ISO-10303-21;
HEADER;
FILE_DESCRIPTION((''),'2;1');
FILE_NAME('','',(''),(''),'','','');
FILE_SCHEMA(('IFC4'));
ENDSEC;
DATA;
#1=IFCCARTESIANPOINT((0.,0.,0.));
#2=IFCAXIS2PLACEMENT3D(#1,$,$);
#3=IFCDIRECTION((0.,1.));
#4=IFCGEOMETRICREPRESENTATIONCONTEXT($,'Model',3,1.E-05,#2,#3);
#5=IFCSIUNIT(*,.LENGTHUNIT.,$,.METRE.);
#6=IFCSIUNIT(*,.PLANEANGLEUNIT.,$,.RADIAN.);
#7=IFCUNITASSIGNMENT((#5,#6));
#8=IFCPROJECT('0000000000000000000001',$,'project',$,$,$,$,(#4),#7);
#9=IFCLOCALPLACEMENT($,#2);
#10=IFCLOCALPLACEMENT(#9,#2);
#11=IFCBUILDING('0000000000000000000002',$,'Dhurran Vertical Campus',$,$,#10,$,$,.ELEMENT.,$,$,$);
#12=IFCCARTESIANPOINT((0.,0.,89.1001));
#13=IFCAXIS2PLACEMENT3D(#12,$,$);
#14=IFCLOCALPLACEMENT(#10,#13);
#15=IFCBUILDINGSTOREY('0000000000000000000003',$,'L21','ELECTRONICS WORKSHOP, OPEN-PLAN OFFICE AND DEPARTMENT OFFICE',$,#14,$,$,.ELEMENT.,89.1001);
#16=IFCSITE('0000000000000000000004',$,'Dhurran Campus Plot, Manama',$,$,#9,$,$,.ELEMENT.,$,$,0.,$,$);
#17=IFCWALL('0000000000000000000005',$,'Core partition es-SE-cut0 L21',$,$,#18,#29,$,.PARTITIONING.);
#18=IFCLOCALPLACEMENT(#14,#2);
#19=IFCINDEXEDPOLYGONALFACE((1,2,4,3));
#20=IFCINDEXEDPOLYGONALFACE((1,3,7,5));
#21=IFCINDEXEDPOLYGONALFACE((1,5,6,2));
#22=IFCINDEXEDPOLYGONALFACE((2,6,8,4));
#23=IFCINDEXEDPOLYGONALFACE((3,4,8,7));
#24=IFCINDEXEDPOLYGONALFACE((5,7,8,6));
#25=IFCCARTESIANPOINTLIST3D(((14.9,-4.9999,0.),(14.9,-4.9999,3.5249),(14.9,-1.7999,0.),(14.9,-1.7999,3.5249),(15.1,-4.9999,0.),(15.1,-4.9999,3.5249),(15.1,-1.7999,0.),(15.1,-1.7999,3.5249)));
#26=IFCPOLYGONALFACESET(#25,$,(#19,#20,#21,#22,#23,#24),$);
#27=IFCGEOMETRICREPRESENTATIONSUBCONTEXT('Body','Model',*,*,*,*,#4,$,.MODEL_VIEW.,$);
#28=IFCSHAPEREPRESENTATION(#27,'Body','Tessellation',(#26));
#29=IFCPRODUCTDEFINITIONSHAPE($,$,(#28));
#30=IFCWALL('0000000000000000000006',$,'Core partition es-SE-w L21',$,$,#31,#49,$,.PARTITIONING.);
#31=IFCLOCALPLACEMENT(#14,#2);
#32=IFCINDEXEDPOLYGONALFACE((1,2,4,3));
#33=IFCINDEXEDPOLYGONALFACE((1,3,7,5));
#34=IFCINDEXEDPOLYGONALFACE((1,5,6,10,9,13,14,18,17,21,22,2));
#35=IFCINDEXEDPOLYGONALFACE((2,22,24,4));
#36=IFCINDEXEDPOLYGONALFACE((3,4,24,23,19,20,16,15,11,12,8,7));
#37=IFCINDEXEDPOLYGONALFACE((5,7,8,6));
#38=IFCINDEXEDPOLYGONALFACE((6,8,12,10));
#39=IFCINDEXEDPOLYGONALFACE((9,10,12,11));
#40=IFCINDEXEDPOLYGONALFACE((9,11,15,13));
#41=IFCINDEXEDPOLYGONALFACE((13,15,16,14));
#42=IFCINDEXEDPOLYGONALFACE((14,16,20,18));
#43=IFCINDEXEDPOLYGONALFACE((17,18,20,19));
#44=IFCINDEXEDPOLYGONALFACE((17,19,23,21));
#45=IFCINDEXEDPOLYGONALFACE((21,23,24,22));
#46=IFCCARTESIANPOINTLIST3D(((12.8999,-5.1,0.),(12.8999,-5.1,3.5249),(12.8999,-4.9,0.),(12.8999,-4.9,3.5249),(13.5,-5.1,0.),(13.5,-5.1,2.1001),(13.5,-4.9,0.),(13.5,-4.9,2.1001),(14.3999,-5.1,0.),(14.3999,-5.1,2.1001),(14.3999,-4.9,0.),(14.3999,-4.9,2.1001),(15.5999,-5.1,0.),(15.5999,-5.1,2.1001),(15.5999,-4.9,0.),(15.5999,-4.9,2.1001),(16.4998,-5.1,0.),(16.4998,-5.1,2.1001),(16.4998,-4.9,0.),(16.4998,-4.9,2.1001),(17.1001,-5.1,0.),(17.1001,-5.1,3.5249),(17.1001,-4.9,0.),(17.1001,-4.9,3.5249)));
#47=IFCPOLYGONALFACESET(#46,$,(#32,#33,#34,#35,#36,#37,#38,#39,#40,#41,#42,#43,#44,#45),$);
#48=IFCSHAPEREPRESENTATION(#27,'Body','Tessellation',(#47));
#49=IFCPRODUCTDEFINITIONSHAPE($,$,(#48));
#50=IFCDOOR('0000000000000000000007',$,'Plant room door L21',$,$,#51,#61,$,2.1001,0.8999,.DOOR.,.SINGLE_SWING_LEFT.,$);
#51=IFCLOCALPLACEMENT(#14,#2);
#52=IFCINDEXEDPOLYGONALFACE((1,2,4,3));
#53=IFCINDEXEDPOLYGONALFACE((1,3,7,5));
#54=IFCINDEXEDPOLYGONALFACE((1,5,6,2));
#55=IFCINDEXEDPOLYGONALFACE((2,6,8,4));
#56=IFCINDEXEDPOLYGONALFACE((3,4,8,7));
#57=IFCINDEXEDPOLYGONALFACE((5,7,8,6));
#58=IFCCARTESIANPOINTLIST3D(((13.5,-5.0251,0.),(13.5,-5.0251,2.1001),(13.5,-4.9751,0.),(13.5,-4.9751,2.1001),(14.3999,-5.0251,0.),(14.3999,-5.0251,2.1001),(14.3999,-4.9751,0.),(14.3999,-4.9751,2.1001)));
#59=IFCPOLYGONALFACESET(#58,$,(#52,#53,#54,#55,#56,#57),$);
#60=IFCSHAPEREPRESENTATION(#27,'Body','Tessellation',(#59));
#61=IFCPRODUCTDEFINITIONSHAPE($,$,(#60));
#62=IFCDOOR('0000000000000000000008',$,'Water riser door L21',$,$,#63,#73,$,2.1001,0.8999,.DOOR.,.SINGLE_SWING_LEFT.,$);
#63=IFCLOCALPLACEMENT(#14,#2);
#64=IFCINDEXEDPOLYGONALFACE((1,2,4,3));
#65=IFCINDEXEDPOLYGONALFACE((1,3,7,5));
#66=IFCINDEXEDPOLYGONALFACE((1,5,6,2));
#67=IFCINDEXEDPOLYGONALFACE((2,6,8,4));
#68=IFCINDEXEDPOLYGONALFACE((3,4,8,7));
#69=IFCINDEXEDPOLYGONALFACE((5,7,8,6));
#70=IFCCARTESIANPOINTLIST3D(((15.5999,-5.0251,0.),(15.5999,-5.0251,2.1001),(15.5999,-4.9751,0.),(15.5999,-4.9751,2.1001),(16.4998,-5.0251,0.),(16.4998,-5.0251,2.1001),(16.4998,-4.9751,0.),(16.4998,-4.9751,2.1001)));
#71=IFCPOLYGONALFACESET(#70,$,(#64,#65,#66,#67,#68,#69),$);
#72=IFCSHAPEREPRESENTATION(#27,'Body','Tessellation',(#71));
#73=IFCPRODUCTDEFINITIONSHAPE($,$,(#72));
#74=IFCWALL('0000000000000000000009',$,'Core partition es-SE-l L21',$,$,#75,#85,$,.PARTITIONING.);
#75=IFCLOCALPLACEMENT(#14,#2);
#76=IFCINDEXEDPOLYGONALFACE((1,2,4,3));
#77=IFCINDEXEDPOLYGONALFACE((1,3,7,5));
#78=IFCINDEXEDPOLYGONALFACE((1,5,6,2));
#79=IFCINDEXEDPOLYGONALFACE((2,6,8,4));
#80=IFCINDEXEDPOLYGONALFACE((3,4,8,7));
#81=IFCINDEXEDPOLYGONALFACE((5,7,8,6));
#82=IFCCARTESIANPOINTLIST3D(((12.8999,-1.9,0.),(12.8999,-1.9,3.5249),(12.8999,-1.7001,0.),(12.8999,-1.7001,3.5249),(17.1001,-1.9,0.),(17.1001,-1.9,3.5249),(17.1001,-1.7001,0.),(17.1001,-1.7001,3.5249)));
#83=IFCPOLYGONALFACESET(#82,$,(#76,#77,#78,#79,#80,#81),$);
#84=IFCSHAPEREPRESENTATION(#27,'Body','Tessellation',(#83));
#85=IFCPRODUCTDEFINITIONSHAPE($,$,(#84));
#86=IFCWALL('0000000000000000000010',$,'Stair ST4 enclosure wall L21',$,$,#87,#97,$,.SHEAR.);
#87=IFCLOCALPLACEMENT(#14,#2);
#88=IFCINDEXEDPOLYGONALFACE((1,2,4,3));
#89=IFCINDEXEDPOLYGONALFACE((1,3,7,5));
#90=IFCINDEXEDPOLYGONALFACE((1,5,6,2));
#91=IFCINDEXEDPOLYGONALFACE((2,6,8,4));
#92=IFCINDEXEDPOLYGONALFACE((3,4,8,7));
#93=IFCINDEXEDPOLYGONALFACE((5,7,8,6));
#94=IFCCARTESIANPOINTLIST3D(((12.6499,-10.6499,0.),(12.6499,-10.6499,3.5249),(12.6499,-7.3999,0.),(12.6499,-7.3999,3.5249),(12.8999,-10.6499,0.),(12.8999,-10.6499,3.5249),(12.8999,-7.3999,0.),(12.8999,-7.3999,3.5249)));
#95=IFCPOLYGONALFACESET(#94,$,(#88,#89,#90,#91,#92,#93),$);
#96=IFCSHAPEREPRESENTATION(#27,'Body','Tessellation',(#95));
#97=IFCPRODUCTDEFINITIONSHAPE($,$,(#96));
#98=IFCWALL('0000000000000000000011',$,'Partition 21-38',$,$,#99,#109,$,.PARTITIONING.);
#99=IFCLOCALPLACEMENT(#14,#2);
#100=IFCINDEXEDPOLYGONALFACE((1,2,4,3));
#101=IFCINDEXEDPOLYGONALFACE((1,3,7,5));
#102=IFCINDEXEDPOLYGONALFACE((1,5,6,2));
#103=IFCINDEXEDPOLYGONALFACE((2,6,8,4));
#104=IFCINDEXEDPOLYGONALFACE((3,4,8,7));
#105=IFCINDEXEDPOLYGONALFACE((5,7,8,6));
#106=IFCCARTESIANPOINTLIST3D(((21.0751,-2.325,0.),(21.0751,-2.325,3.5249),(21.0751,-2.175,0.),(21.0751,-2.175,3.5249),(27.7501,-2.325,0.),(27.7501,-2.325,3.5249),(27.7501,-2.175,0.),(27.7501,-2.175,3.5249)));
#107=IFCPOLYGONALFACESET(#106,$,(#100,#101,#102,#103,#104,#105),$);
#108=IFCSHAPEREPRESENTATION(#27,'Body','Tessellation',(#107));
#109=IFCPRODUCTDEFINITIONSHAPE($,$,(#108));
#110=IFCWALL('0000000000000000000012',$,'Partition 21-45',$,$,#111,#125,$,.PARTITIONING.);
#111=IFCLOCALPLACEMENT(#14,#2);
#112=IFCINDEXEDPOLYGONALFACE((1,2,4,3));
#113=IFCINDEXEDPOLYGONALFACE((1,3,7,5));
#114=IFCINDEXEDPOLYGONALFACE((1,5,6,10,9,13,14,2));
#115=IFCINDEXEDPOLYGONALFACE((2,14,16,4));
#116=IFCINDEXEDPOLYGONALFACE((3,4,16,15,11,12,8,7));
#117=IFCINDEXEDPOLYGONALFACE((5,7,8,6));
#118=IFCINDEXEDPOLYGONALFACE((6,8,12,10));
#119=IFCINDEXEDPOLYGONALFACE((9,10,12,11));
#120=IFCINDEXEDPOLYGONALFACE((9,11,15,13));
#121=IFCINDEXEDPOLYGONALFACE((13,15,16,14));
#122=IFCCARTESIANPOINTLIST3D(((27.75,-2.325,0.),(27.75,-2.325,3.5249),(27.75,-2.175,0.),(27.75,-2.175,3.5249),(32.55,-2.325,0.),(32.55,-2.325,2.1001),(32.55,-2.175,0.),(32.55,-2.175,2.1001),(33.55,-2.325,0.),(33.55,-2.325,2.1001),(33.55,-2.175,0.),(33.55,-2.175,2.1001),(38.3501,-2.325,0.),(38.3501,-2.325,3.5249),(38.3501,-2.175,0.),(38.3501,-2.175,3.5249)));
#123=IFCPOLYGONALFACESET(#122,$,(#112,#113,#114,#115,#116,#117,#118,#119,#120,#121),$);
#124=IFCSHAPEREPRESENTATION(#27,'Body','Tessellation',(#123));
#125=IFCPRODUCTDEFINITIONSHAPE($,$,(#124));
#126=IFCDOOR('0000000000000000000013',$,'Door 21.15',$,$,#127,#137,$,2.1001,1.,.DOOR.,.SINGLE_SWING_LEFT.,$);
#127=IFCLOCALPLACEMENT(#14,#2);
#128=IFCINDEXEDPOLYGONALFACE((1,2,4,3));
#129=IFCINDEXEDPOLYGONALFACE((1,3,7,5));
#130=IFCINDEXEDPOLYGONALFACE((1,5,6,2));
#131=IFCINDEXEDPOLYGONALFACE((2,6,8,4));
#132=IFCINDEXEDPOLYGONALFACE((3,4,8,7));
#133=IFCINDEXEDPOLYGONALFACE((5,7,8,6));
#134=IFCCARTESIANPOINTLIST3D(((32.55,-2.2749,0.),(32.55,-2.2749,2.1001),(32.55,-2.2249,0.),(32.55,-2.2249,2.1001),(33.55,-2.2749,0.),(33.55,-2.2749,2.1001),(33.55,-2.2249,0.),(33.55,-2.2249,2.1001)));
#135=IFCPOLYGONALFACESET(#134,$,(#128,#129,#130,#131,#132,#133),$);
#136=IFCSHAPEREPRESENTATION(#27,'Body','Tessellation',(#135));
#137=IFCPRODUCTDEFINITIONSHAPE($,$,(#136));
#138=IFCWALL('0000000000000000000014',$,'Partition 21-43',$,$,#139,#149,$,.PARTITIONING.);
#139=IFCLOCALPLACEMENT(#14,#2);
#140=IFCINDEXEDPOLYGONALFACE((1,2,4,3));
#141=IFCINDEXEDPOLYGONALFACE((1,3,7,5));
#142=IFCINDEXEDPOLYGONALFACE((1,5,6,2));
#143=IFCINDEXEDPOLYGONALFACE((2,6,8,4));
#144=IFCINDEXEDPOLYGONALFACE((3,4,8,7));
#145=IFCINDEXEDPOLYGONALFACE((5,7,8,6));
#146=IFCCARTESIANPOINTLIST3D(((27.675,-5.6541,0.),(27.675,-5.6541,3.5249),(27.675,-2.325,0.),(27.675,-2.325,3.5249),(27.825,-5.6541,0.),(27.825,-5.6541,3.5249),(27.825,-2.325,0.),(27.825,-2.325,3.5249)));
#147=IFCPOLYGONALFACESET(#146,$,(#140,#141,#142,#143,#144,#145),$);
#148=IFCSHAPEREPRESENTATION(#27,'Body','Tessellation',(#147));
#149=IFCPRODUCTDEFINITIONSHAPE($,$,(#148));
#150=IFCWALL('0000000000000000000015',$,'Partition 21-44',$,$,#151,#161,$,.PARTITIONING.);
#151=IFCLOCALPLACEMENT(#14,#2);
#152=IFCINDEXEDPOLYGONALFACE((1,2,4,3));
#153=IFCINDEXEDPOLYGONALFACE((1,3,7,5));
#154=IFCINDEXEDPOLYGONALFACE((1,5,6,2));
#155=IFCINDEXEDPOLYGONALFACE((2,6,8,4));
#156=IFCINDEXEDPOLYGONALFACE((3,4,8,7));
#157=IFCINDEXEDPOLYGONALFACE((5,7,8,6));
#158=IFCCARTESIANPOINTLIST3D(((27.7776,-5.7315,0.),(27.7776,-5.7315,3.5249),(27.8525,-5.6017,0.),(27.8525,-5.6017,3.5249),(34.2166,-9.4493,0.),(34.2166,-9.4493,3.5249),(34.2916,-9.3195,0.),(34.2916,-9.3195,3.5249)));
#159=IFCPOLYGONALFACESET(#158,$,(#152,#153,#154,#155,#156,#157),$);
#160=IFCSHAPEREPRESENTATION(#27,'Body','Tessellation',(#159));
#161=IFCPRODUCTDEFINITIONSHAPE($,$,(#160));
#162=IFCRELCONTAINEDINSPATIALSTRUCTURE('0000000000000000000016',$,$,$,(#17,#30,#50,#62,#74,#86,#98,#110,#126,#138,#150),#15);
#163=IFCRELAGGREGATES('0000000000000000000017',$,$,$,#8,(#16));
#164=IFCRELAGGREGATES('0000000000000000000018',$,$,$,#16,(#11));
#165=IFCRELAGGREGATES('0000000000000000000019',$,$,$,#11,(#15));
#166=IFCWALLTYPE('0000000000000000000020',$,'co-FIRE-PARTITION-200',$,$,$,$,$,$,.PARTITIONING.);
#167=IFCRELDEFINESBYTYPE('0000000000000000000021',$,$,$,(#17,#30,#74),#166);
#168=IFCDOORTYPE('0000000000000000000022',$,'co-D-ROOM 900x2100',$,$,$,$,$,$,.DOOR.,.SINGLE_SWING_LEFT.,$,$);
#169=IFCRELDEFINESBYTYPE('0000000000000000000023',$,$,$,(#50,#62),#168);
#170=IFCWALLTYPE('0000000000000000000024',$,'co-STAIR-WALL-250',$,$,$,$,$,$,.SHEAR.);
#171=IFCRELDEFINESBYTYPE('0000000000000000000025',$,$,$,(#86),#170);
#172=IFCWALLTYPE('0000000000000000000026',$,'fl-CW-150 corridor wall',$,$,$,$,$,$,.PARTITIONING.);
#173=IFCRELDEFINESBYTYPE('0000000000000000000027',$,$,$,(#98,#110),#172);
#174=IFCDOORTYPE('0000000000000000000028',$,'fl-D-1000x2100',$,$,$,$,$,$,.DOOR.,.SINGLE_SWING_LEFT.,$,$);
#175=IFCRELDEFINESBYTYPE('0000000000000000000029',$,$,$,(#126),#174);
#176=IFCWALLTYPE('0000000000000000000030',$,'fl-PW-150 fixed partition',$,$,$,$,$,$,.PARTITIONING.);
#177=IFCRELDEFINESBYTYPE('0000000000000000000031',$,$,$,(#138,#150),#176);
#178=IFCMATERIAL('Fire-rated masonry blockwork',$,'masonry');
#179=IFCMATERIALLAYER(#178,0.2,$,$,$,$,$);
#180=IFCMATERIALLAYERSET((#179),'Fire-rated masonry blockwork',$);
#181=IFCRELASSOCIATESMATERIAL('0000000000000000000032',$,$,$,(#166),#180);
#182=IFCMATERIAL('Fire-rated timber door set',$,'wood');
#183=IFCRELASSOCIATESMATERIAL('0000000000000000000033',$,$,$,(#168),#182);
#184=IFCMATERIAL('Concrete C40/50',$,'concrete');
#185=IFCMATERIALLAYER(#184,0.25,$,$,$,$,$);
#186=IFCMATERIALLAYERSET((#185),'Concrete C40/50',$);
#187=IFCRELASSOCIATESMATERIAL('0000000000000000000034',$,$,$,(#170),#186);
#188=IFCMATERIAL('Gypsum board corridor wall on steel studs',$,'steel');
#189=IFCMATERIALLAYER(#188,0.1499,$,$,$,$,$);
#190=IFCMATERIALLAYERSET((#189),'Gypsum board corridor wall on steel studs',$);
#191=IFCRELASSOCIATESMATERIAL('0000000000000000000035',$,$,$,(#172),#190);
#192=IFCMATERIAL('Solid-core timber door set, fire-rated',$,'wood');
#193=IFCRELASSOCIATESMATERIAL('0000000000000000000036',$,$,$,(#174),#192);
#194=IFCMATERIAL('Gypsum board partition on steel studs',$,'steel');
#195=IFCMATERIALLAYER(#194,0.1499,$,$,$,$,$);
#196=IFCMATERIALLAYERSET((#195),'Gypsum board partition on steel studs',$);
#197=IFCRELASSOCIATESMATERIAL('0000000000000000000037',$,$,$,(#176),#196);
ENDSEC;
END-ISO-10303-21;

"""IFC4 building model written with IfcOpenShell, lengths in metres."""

from ifc_helpers import new_model, si_unit, direction, frame, frame_2d, origin, place, context, subcontext, project, spatial, rectangle, extrude, material, layer, layer_set, type_object, element, fill, save


model = new_model("IFC4")

# Units and contexts
model_context = context("Model", 3, precision=1e-05, world=origin(), true_north=direction((0.0, 1.0)))
body_context = subcontext(model_context, "Body", "Model", "MODEL_VIEW")
ifc_project = project(units=[si_unit("LENGTHUNIT", "METRE"), si_unit("PLANEANGLEUNIT", "RADIAN")], contexts=[model_context])

# Site, building, storey
site_placement = place(None, origin())
site = spatial("IfcSite", under=ifc_project, at=site_placement, Name="Dhurran Campus Plot, Manama", CompositionType="ELEMENT", RefElevation=0.0)
building_placement = place(site_placement, origin())
building = spatial("IfcBuilding", under=site, at=building_placement, Name="Dhurran Vertical Campus", CompositionType="ELEMENT")
storey_placement = place(building_placement, frame((0.0, 0.0, 89.1001)))
storey = spatial("IfcBuildingStorey", under=building, at=storey_placement, Name="L21", Description="ELECTRONICS WORKSHOP, OPEN-PLAN OFFICE AND DEPARTMENT OFFICE", CompositionType="ELEMENT", Elevation=89.1001)

# Shared definitions
ifc_material_1 = material(Name="Fire-rated masonry blockwork", Category="masonry")
ifc_layer_1 = layer(ifc_material_1, 0.2)
ifc_layer_set_1 = layer_set([ifc_layer_1], Name="Fire-rated masonry blockwork")
wall_type_1 = type_object("IfcWallType", Name="co-FIRE-PARTITION-200", PredefinedType="PARTITIONING", material=ifc_layer_set_1)

# Shared definitions
ifc_material_2 = material(Name="Fire-rated timber door set", Category="wood")
door_type_1 = type_object("IfcDoorType", Name="co-D-ROOM 900x2100", OperationType="SINGLE_SWING_LEFT", PredefinedType="DOOR", material=ifc_material_2)

# Wall
wall_1_placement = place(storey_placement, frame((15.0, -5.0, 0.0), z_axis=(0.0, 0.0, 1.0), x_axis=(0.0, 1.0, 0.0)))
element("IfcWall", 1, at=wall_1_placement, inside=storey, type_object=wall_type_1, Name="Core partition es-SE-cut0 L21", PredefinedType="PARTITIONING", context=body_context, shape_type="SweptSolid", body=[
    extrude(rectangle(XDim=3.2, YDim=0.2, at=frame_2d((1.6001, 0.0))), origin(), (0.0, 0.0, 1.0), 3.5249),
])

# Wall, openings, doors
wall_2_placement = place(storey_placement, frame((12.8999, -5.0, 0.0), z_axis=(0.0, 0.0, 1.0), x_axis=(1.0, 0.0, 0.0)))
wall_2 = element("IfcWall", 2, at=wall_2_placement, inside=storey, type_object=wall_type_1, Name="Core partition es-SE-w L21", PredefinedType="PARTITIONING", context=body_context, shape_type="SweptSolid", body=[
    extrude(rectangle(XDim=4.2002, YDim=0.2, at=frame_2d((2.1001, 0.0))), origin(), (0.0, 0.0, 1.0), 3.5249),
])
opening_1_placement = place(wall_2_placement, frame((0.6001, 0.0, 0.0)))
opening_1 = element("IfcOpeningElement", 3, at=opening_1_placement, cuts=wall_2, PredefinedType="OPENING", context=body_context, shape_type="SweptSolid", body=[
    extrude(rectangle(XDim=0.8999, YDim=2.1001, at=frame_2d((0.45, 1.05))), frame((0.0, 0.1099, 0.0), z_axis=(0.0, -1.0, 0.0), x_axis=(1.0, 0.0, 0.0)), (0.0, 0.0, 1.0), 0.22),
])
opening_2_placement = place(wall_2_placement, frame((2.7, 0.0, 0.0)))
opening_2 = element("IfcOpeningElement", 4, at=opening_2_placement, cuts=wall_2, PredefinedType="OPENING", context=body_context, shape_type="SweptSolid", body=[
    extrude(rectangle(XDim=0.8999, YDim=2.1001, at=frame_2d((0.45, 1.05))), frame((0.0, 0.1099, 0.0), z_axis=(0.0, -1.0, 0.0), x_axis=(1.0, 0.0, 0.0)), (0.0, 0.0, 1.0), 0.22),
])
door_1_placement = place(opening_1_placement, origin())
door_1 = element("IfcDoor", 5, at=door_1_placement, inside=storey, type_object=door_type_1, Name="Plant room door L21", OperationType="SINGLE_SWING_LEFT", OverallHeight=2.1001, OverallWidth=0.8999, PredefinedType="DOOR", context=body_context, shape_type="SweptSolid", body=[
    extrude(rectangle(XDim=0.8999, YDim=2.1001, at=frame_2d((0.45, 1.05))), frame((0.0, 0.0249, 0.0), z_axis=(0.0, -1.0, 0.0), x_axis=(1.0, 0.0, 0.0)), (0.0, 0.0, 1.0), 0.05),
])
fill(opening_1, door_1)
door_2_placement = place(opening_2_placement, origin())
door_2 = element("IfcDoor", 6, at=door_2_placement, inside=storey, type_object=door_type_1, Name="Water riser door L21", OperationType="SINGLE_SWING_LEFT", OverallHeight=2.1001, OverallWidth=0.8999, PredefinedType="DOOR", context=body_context, shape_type="SweptSolid", body=[
    extrude(rectangle(XDim=0.8999, YDim=2.1001, at=frame_2d((0.45, 1.05))), frame((0.0, 0.0249, 0.0), z_axis=(0.0, -1.0, 0.0), x_axis=(1.0, 0.0, 0.0)), (0.0, 0.0, 1.0), 0.05),
])
fill(opening_2, door_2)

# Walls
wall_3_placement = place(storey_placement, frame((12.8999, -1.8, 0.0), z_axis=(0.0, 0.0, 1.0), x_axis=(1.0, 0.0, 0.0)))
element("IfcWall", 7, at=wall_3_placement, inside=storey, type_object=wall_type_1, Name="Core partition es-SE-l L21", PredefinedType="PARTITIONING", context=body_context, shape_type="SweptSolid", body=[
    extrude(rectangle(XDim=4.2002, YDim=0.2, at=frame_2d((2.1001, 0.0))), origin(), (0.0, 0.0, 1.0), 3.5249),
])
ifc_material_3 = material(Name="Concrete C40/50", Category="concrete")
ifc_layer_2 = layer(ifc_material_3, 0.25)
ifc_layer_set_2 = layer_set([ifc_layer_2], Name="Concrete C40/50")
wall_type_2 = type_object("IfcWallType", Name="co-STAIR-WALL-250", PredefinedType="SHEAR", material=ifc_layer_set_2)
wall_4_placement = place(storey_placement, frame((12.7749, -10.6499, 0.0), z_axis=(0.0, 0.0, 1.0), x_axis=(0.0, 1.0, 0.0)))
element("IfcWall", 8, at=wall_4_placement, inside=storey, type_object=wall_type_2, Name="Stair ST4 enclosure wall L21", PredefinedType="SHEAR", context=body_context, shape_type="SweptSolid", body=[
    extrude(rectangle(XDim=3.25, YDim=0.25, at=frame_2d((1.625, 0.0))), origin(), (0.0, 0.0, 1.0), 3.5249),
])
ifc_material_4 = material(Name="Gypsum board corridor wall on steel studs", Category="steel")
ifc_layer_3 = layer(ifc_material_4, 0.1499)
ifc_layer_set_3 = layer_set([ifc_layer_3], Name="Gypsum board corridor wall on steel studs")
wall_type_3 = type_object("IfcWallType", Name="fl-CW-150 corridor wall", PredefinedType="PARTITIONING", material=ifc_layer_set_3)
wall_5_placement = place(storey_placement, frame((27.75, -2.25, 0.0), z_axis=(0.0, 0.0, 1.0), x_axis=(-1.0, 0.0, 0.0)))
element("IfcWall", 9, at=wall_5_placement, inside=storey, type_object=wall_type_3, Name="Partition 21-38", PredefinedType="PARTITIONING", context=body_context, shape_type="SweptSolid", body=[
    extrude(rectangle(XDim=6.675, YDim=0.1499, at=frame_2d((3.3374, 0.0))), origin(), (0.0, 0.0, 1.0), 3.5249),
])

# Wall, opening, door
wall_6_placement = place(storey_placement, frame((38.3501, -2.25, 0.0), z_axis=(0.0, 0.0, 1.0), x_axis=(-1.0, 0.0, 0.0)))
wall_6 = element("IfcWall", 10, at=wall_6_placement, inside=storey, type_object=wall_type_3, Name="Partition 21-45", PredefinedType="PARTITIONING", context=body_context, shape_type="SweptSolid", body=[
    extrude(rectangle(XDim=10.6001, YDim=0.1499, at=frame_2d((5.3, 0.0))), origin(), (0.0, 0.0, 1.0), 3.5249),
])
opening_3_placement = place(wall_6_placement, frame((4.8, 0.0, 0.0)))
opening_3 = element("IfcOpeningElement", 11, at=opening_3_placement, cuts=wall_6, PredefinedType="OPENING", context=body_context, shape_type="SweptSolid", body=[
    extrude(rectangle(XDim=1.0, YDim=2.1001, at=frame_2d((0.5, 1.05))), frame((0.0, 0.085, 0.0), z_axis=(0.0, -1.0, 0.0), x_axis=(1.0, 0.0, 0.0)), (0.0, 0.0, 1.0), 0.1699),
])
ifc_material_5 = material(Name="Solid-core timber door set, fire-rated", Category="wood")
door_type_2 = type_object("IfcDoorType", Name="fl-D-1000x2100", OperationType="SINGLE_SWING_LEFT", PredefinedType="DOOR", material=ifc_material_5)
door_3_placement = place(opening_3_placement, origin())
door_3 = element("IfcDoor", 12, at=door_3_placement, inside=storey, type_object=door_type_2, Name="Door 21.15", OperationType="SINGLE_SWING_LEFT", OverallHeight=2.1001, OverallWidth=1.0, PredefinedType="DOOR", context=body_context, shape_type="SweptSolid", body=[
    extrude(rectangle(XDim=1.0, YDim=2.1001, at=frame_2d((0.5, 1.05))), frame((0.0, 0.0249, 0.0), z_axis=(0.0, -1.0, 0.0), x_axis=(1.0, 0.0, 0.0)), (0.0, 0.0, 1.0), 0.05),
])
fill(opening_3, door_3)

# Walls
ifc_material_6 = material(Name="Gypsum board partition on steel studs", Category="steel")
ifc_layer_4 = layer(ifc_material_6, 0.1499)
ifc_layer_set_4 = layer_set([ifc_layer_4], Name="Gypsum board partition on steel studs")
wall_type_4 = type_object("IfcWallType", Name="fl-PW-150 fixed partition", PredefinedType="PARTITIONING", material=ifc_layer_set_4)
wall_7_placement = place(storey_placement, frame((27.75, -2.325, 0.0), z_axis=(0.0, 0.0, 1.0), x_axis=(0.0, -1.0, 0.0)))
element("IfcWall", 13, at=wall_7_placement, inside=storey, type_object=wall_type_4, Name="Partition 21-43", PredefinedType="PARTITIONING", context=body_context, shape_type="SweptSolid", body=[
    extrude(rectangle(XDim=3.3291, YDim=0.1499, at=frame_2d((1.6646, 0.0))), origin(), (0.0, 0.0, 1.0), 3.5249),
])
wall_8_placement = place(storey_placement, frame((27.8149, -5.6665, 0.0), z_axis=(0.0, 0.0, 1.0), x_axis=(0.866012, -0.500024, 0.0)))
element("IfcWall", 14, at=wall_8_placement, inside=storey, type_object=wall_type_4, Name="Partition 21-44", PredefinedType="PARTITIONING", context=body_context, shape_type="SweptSolid", body=[
    extrude(rectangle(XDim=7.4353, YDim=0.1499, at=frame_2d((3.7178, 0.0))), origin(), (0.0, 0.0, 1.0), 3.5249),
])

save(model, "model.ifc")
